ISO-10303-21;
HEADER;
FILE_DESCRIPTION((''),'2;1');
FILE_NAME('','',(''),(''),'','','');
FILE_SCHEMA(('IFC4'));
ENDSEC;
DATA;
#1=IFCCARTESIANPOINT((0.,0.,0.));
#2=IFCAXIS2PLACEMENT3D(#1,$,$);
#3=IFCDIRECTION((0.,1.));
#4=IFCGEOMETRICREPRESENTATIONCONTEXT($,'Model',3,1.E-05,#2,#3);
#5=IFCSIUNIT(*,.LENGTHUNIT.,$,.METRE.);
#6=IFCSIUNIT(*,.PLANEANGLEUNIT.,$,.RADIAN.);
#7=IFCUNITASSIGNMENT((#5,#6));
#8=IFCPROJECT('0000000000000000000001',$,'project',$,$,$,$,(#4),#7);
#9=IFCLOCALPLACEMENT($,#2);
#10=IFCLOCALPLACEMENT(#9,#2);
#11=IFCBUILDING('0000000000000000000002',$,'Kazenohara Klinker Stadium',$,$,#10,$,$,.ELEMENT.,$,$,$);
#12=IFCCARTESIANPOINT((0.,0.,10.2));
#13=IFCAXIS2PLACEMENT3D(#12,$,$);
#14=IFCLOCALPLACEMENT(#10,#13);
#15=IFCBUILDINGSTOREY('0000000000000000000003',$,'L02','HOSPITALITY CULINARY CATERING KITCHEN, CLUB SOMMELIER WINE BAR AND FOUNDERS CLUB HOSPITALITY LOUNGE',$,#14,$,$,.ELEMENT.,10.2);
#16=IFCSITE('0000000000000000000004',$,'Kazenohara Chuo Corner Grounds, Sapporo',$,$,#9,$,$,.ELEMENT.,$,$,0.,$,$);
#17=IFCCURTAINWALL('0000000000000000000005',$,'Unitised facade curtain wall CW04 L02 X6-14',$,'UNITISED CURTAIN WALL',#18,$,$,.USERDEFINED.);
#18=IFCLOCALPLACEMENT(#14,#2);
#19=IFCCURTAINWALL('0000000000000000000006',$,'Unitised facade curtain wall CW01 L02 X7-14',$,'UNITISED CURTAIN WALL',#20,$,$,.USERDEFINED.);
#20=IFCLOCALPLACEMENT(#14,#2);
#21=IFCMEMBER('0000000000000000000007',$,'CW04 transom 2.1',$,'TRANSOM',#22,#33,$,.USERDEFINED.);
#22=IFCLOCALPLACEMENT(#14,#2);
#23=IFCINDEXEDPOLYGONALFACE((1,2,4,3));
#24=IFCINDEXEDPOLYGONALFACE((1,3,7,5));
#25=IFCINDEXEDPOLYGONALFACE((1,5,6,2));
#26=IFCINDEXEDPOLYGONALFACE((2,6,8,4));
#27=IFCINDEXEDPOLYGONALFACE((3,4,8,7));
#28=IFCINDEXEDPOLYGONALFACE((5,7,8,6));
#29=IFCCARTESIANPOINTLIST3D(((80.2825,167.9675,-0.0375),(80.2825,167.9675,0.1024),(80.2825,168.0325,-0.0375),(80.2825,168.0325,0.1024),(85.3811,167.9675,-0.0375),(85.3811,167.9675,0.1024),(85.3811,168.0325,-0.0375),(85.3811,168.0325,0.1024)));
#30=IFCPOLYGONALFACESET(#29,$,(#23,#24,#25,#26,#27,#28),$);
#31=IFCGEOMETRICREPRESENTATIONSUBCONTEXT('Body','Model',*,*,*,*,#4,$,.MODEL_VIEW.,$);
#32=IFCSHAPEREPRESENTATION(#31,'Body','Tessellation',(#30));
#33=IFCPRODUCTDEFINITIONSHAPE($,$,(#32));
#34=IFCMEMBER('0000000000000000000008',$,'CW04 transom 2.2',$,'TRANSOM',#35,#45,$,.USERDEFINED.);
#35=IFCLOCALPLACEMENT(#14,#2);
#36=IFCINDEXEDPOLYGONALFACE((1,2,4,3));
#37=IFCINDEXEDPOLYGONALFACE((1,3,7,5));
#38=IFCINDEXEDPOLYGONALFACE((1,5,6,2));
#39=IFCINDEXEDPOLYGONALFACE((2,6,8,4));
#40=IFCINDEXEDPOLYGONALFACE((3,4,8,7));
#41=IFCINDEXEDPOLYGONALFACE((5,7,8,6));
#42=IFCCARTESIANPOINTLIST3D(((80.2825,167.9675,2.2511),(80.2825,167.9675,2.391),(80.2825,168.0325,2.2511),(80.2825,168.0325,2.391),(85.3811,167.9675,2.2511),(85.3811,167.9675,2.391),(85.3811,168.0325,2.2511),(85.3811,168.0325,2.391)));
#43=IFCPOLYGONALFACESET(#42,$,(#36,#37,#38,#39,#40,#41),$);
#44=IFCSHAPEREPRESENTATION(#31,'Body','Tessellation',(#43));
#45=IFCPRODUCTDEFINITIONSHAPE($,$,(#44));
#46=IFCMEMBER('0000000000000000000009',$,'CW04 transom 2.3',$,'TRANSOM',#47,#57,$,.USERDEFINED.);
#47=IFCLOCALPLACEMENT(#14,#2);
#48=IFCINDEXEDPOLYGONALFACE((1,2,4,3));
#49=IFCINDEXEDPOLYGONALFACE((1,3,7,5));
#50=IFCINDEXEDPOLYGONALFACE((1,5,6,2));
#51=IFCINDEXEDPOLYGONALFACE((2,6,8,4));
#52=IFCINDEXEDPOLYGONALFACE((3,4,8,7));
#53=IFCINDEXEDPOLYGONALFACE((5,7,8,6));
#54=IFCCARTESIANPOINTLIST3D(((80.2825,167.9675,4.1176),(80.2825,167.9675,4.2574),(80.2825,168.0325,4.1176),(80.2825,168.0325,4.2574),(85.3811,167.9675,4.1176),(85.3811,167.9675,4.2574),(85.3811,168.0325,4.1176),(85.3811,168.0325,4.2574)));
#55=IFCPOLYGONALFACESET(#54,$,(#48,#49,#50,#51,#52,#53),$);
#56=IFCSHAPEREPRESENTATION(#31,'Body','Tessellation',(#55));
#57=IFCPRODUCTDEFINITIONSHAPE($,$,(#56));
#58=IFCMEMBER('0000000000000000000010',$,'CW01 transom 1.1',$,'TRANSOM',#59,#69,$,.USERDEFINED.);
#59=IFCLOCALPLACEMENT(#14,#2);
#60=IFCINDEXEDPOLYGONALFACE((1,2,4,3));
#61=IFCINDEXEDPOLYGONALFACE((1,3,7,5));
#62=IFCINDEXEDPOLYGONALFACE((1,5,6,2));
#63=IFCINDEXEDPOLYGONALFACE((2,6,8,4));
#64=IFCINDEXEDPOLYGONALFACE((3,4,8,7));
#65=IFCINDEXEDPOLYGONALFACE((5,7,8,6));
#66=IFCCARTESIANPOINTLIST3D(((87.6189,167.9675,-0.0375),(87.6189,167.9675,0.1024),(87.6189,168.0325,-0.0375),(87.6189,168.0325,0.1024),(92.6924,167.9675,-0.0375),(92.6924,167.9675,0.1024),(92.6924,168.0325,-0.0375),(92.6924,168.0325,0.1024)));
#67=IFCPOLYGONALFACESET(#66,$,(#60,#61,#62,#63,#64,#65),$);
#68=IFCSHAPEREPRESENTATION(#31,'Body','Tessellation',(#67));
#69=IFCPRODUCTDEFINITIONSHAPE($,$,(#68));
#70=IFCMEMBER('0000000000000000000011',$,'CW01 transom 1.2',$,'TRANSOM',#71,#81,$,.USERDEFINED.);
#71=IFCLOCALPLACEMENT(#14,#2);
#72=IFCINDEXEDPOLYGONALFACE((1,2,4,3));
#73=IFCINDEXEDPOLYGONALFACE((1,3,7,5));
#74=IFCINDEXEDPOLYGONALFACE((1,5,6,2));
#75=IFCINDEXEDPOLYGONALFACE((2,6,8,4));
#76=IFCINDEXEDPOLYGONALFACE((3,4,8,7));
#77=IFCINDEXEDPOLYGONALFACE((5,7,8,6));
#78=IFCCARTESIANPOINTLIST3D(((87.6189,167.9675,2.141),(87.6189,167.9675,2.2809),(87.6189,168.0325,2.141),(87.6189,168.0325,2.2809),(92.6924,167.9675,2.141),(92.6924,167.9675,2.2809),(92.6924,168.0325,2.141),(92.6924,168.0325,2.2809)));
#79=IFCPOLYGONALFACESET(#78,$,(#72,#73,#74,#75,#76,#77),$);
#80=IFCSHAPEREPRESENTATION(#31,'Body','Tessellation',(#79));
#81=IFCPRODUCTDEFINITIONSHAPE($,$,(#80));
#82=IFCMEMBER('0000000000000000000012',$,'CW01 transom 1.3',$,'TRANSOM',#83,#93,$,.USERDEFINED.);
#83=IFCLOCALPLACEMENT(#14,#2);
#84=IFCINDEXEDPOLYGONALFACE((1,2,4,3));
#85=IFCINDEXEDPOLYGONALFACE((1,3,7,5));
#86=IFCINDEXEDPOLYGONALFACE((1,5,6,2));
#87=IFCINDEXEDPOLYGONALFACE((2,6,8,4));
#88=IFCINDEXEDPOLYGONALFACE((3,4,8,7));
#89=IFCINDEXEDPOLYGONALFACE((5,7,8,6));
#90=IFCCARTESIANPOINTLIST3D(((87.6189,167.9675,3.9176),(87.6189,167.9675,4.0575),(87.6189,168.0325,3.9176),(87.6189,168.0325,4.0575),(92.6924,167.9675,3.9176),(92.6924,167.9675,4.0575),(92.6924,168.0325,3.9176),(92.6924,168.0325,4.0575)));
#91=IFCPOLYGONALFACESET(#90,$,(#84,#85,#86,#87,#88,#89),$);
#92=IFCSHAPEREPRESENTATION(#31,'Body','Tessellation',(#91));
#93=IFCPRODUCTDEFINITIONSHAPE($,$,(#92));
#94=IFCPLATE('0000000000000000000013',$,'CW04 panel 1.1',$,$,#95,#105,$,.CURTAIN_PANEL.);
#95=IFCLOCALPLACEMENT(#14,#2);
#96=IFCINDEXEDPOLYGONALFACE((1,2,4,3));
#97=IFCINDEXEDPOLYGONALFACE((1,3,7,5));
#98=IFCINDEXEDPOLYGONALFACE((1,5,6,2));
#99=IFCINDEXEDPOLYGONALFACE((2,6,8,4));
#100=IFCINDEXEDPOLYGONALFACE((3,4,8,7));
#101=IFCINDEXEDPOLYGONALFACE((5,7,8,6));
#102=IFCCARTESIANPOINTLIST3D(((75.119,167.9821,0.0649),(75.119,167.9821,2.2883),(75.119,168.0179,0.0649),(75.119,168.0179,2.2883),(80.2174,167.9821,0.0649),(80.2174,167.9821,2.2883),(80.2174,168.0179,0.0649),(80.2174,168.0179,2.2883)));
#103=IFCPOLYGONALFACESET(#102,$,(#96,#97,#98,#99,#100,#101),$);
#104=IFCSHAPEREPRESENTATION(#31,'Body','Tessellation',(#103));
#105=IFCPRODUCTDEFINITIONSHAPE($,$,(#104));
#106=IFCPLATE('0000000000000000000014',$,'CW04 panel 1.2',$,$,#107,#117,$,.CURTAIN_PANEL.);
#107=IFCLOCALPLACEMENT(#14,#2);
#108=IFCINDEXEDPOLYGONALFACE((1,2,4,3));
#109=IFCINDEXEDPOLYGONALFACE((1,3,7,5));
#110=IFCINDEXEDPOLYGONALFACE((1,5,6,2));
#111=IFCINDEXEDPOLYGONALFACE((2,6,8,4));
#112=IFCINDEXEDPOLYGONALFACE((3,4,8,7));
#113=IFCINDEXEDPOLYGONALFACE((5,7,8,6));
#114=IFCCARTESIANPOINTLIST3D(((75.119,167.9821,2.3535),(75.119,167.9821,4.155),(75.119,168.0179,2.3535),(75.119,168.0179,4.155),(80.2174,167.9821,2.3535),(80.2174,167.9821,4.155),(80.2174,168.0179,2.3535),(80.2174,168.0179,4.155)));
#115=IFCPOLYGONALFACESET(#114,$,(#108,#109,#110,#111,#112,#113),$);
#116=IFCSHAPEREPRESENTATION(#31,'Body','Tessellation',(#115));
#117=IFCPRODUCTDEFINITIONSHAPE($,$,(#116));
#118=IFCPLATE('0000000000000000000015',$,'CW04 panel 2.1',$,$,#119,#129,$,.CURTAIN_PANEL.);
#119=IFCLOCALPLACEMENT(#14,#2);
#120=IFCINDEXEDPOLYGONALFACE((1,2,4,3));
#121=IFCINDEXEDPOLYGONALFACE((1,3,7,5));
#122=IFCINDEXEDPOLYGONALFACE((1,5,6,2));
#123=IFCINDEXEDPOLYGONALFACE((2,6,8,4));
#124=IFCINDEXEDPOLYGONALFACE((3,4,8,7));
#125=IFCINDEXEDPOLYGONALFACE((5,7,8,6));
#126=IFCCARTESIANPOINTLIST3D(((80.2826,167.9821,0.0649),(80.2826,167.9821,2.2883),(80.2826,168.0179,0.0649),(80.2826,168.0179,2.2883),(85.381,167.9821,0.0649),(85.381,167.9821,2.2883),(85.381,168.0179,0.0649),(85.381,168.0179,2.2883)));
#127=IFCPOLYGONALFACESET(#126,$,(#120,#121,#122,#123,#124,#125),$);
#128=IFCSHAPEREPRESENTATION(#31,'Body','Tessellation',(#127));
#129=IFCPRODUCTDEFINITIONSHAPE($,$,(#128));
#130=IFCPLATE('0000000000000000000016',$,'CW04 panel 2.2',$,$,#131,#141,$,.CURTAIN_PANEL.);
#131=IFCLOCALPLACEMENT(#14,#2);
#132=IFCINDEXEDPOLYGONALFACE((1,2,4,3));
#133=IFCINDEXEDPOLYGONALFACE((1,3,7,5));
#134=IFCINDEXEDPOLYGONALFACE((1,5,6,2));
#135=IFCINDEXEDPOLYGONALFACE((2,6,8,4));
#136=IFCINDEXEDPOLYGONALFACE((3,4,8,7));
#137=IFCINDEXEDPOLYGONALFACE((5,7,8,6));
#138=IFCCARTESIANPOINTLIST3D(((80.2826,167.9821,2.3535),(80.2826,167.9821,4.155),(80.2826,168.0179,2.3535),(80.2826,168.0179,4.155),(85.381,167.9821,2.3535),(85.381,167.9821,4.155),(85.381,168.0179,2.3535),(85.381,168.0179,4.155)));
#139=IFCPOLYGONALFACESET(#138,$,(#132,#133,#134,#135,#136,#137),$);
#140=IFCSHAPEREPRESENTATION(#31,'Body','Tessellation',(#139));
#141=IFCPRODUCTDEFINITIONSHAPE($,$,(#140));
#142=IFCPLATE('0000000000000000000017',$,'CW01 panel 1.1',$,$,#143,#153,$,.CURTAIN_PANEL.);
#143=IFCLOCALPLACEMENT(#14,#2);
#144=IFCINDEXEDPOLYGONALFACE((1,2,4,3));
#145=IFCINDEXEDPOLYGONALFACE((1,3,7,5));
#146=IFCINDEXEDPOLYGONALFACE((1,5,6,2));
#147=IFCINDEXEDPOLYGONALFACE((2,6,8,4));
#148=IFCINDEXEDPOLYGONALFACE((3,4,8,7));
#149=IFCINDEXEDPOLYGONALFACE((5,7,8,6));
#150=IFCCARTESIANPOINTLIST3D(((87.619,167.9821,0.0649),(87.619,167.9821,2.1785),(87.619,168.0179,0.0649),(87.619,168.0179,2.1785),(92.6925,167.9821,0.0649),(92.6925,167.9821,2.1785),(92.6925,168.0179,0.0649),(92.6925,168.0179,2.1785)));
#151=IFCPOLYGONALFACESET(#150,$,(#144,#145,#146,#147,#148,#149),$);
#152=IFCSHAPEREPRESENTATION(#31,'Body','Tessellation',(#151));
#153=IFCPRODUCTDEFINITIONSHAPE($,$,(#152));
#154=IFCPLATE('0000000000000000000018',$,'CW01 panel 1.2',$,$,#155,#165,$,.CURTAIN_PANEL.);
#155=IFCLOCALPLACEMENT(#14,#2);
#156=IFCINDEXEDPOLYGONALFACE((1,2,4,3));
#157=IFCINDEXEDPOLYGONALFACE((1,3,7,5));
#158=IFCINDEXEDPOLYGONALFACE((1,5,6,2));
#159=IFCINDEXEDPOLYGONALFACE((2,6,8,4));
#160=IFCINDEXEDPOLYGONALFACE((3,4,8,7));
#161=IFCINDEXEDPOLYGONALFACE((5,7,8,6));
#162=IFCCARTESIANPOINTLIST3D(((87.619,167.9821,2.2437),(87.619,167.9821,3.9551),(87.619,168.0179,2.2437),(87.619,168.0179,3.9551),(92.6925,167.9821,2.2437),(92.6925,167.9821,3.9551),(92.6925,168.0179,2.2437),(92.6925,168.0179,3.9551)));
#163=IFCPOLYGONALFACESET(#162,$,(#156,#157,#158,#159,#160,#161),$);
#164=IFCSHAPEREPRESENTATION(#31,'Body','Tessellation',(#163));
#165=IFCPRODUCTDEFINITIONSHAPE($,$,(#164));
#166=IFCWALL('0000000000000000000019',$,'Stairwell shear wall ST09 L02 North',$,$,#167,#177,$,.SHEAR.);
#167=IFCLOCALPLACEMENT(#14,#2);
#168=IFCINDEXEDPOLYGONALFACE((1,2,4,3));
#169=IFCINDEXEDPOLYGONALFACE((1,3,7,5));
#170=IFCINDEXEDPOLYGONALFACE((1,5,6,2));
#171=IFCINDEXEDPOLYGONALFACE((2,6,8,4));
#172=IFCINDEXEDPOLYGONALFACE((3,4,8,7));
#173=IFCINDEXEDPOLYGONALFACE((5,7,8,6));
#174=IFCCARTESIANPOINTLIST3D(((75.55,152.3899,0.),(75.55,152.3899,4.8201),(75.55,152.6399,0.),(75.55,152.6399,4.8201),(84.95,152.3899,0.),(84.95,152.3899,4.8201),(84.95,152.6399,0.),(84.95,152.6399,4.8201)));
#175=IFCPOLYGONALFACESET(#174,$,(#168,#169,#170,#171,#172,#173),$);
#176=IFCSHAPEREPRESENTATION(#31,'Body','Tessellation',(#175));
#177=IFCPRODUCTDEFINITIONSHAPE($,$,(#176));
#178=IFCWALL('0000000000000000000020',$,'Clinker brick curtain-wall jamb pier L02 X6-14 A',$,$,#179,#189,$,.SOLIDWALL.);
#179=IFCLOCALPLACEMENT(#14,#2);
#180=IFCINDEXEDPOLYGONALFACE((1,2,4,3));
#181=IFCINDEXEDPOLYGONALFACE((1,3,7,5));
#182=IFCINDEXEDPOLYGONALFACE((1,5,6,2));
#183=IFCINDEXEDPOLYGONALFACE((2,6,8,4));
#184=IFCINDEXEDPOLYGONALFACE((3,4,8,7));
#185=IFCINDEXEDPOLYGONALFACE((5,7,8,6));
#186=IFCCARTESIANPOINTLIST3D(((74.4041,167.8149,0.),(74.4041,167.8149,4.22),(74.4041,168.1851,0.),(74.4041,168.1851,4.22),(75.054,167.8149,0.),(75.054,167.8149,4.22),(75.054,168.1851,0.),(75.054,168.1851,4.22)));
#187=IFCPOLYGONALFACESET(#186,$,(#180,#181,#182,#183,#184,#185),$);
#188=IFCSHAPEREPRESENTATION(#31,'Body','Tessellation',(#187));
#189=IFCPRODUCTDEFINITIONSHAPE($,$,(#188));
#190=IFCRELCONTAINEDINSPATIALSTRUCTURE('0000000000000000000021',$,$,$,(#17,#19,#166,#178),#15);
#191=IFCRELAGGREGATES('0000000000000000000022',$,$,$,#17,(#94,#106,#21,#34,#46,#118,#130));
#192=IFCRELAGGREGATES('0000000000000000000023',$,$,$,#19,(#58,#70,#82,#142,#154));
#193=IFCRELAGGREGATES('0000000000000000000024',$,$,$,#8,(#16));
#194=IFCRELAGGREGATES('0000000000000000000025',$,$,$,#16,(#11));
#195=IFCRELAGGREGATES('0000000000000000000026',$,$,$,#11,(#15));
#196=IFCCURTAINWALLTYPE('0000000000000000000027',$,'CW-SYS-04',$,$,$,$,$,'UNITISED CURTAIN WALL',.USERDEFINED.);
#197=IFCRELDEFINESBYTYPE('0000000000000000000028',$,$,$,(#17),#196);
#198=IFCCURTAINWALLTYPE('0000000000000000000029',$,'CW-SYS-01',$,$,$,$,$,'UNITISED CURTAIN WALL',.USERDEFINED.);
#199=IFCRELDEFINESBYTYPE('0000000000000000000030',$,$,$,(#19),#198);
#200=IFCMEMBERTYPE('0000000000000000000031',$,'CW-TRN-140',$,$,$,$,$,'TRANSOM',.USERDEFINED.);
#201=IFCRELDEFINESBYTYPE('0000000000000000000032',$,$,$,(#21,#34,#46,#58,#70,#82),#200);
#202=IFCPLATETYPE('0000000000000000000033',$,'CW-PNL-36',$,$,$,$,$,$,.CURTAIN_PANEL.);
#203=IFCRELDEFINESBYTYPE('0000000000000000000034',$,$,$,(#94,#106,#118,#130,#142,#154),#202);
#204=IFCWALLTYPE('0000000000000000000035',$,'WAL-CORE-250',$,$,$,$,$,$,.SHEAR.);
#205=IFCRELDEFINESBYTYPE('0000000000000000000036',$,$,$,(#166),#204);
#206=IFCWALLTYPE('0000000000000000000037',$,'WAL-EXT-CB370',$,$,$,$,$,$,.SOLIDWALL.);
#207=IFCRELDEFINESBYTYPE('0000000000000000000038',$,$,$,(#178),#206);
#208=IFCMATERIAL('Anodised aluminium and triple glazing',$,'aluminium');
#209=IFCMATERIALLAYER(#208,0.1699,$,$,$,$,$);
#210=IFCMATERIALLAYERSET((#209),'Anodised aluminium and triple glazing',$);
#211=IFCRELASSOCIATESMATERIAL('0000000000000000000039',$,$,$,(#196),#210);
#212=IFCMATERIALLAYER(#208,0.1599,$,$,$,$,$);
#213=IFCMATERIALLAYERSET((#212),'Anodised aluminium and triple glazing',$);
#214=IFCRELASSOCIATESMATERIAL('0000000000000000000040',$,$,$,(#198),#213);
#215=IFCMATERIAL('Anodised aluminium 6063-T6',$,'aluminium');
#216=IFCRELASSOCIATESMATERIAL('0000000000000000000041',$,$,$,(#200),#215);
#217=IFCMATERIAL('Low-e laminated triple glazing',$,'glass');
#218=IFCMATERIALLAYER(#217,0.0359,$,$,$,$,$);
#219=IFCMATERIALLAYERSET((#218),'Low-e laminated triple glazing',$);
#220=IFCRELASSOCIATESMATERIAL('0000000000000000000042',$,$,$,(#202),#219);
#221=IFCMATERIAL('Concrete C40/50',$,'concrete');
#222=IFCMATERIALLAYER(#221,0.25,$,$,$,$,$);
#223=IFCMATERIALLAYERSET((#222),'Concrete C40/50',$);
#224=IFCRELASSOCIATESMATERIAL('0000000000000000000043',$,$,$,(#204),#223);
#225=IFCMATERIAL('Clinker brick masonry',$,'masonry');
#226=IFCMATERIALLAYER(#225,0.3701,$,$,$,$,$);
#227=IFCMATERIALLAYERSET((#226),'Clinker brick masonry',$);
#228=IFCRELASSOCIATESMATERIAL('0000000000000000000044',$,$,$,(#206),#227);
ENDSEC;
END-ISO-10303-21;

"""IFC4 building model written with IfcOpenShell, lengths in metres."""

from ifc_helpers import new_model, si_unit, direction, frame, frame_2d, origin, origin_2d, place, context, subcontext, project, spatial, rectangle, extrude, material, layer, layer_set, material_profile, profile_set, type_object, element, aggregate, save


model = new_model("IFC4")

# Units and contexts
model_context = context("Model", 3, precision=1e-05, world=origin(), true_north=direction((0.0, 1.0)))
body_context = subcontext(model_context, "Body", "Model", "MODEL_VIEW")
ifc_project = project(units=[si_unit("LENGTHUNIT", "METRE"), si_unit("PLANEANGLEUNIT", "RADIAN")], contexts=[model_context])

# Site, building, storey
site_placement = place(None, origin())
site = spatial("IfcSite", under=ifc_project, at=site_placement, Name="Kazenohara Chuo Corner Grounds, Sapporo", CompositionType="ELEMENT", RefElevation=0.0)
building_placement = place(site_placement, origin())
building = spatial("IfcBuilding", under=site, at=building_placement, Name="Kazenohara Klinker Stadium", CompositionType="ELEMENT")
storey_placement = place(building_placement, frame((0.0, 0.0, 10.2)))
storey = spatial("IfcBuildingStorey", under=building, at=storey_placement, Name="L02", Description="HOSPITALITY CULINARY CATERING KITCHEN, CLUB SOMMELIER WINE BAR AND FOUNDERS CLUB HOSPITALITY LOUNGE", CompositionType="ELEMENT", Elevation=10.2)

# Shared definitions
ifc_material_1 = material(Name="Concrete C40/50", Category="concrete")

# Curtain wall
ifc_material_2 = material(Name="Anodised aluminium and triple glazing", Category="aluminium")
ifc_layer_1 = layer(ifc_material_2, 0.1699)
ifc_layer_set_1 = layer_set([ifc_layer_1], Name="Anodised aluminium and triple glazing")
curtain_wall_type_1 = type_object("IfcCurtainWallType", Name="CW-SYS-04", ElementType="UNITISED CURTAIN WALL", PredefinedType="USERDEFINED", material=ifc_layer_set_1)
curtain_wall_1_placement = place(storey_placement, origin())
curtain_wall_1 = element("IfcCurtainWall", 1, at=curtain_wall_1_placement, inside=storey, type_object=curtain_wall_type_1, Name="Unitised facade curtain wall CW04 L02 X6-14", ObjectType="UNITISED CURTAIN WALL", PredefinedType="USERDEFINED")
ifc_material_3 = material(Name="Anodised aluminium 6063-T6", Category="aluminium")

# Curtain wall
ifc_layer_2 = layer(ifc_material_2, 0.1599)
ifc_layer_set_2 = layer_set([ifc_layer_2], Name="Anodised aluminium and triple glazing")
curtain_wall_type_2 = type_object("IfcCurtainWallType", Name="CW-SYS-01", ElementType="UNITISED CURTAIN WALL", PredefinedType="USERDEFINED", material=ifc_layer_set_2)
curtain_wall_2_placement = place(storey_placement, origin())
curtain_wall_2 = element("IfcCurtainWall", 2, at=curtain_wall_2_placement, inside=storey, type_object=curtain_wall_type_2, Name="Unitised facade curtain wall CW01 L02 X7-14", ObjectType="UNITISED CURTAIN WALL", PredefinedType="USERDEFINED")

# Members
ifc_material_profile_1 = material_profile(ifc_material_3, rectangle(XDim=0.0649, YDim=0.1399, at=origin_2d()), Name="ALU-TRN-65x140")
ifc_profile_set_1 = profile_set([ifc_material_profile_1], Name="Anodised aluminium 6063-T6")
member_type_1 = type_object("IfcMemberType", Name="CW-TRN-140", ElementType="TRANSOM", PredefinedType="USERDEFINED", material=ifc_profile_set_1)
member_1_placement = place(storey_placement, frame((80.2825, 168.0, 0.0325), z_axis=(1.0, 0.0, 0.0), x_axis=(0.0, 1.0, 0.0)))
member_1 = element("IfcMember", 3, at=member_1_placement, type_object=member_type_1, Name="CW04 transom 2.1", ObjectType="TRANSOM", PredefinedType="USERDEFINED", context=body_context, shape_type="SweptSolid", body=[
    extrude(rectangle(XDim=0.0649, YDim=0.1399, at=origin_2d()), origin(), (0.0, 0.0, 1.0), 5.0986),
])
member_2_placement = place(storey_placement, frame((80.2825, 168.0, 2.321), z_axis=(1.0, 0.0, 0.0), x_axis=(0.0, 1.0, 0.0)))
member_2 = element("IfcMember", 4, at=member_2_placement, type_object=member_type_1, Name="CW04 transom 2.2", ObjectType="TRANSOM", PredefinedType="USERDEFINED", context=body_context, shape_type="SweptSolid", body=[
    extrude(rectangle(XDim=0.0649, YDim=0.1399, at=origin_2d()), origin(), (0.0, 0.0, 1.0), 5.0986),
])
member_3_placement = place(storey_placement, frame((80.2825, 168.0, 4.1875), z_axis=(1.0, 0.0, 0.0), x_axis=(0.0, 1.0, 0.0)))
member_3 = element("IfcMember", 5, at=member_3_placement, type_object=member_type_1, Name="CW04 transom 2.3", ObjectType="TRANSOM", PredefinedType="USERDEFINED", context=body_context, shape_type="SweptSolid", body=[
    extrude(rectangle(XDim=0.0649, YDim=0.1399, at=origin_2d()), origin(), (0.0, 0.0, 1.0), 5.0986),
])
member_4_placement = place(storey_placement, frame((87.6189, 168.0, 0.0325), z_axis=(1.0, 0.0, 0.0), x_axis=(0.0, 1.0, 0.0)))
member_4 = element("IfcMember", 6, at=member_4_placement, type_object=member_type_1, Name="CW01 transom 1.1", ObjectType="TRANSOM", PredefinedType="USERDEFINED", context=body_context, shape_type="SweptSolid", body=[
    extrude(rectangle(XDim=0.0649, YDim=0.1399, at=origin_2d()), origin(), (0.0, 0.0, 1.0), 5.0735),
])
member_5_placement = place(storey_placement, frame((87.6189, 168.0, 2.2109), z_axis=(1.0, 0.0, 0.0), x_axis=(0.0, 1.0, 0.0)))
member_5 = element("IfcMember", 7, at=member_5_placement, type_object=member_type_1, Name="CW01 transom 1.2", ObjectType="TRANSOM", PredefinedType="USERDEFINED", context=body_context, shape_type="SweptSolid", body=[
    extrude(rectangle(XDim=0.0649, YDim=0.1399, at=origin_2d()), origin(), (0.0, 0.0, 1.0), 5.0735),
])
member_6_placement = place(storey_placement, frame((87.6189, 168.0, 3.9875), z_axis=(1.0, 0.0, 0.0), x_axis=(0.0, 1.0, 0.0)))
member_6 = element("IfcMember", 8, at=member_6_placement, type_object=member_type_1, Name="CW01 transom 1.3", ObjectType="TRANSOM", PredefinedType="USERDEFINED", context=body_context, shape_type="SweptSolid", body=[
    extrude(rectangle(XDim=0.0649, YDim=0.1399, at=origin_2d()), origin(), (0.0, 0.0, 1.0), 5.0735),
])

# Plates
ifc_material_4 = material(Name="Low-e laminated triple glazing", Category="glass")
ifc_layer_3 = layer(ifc_material_4, 0.0359)
ifc_layer_set_3 = layer_set([ifc_layer_3], Name="Low-e laminated triple glazing")
plate_type = type_object("IfcPlateType", Name="CW-PNL-36", PredefinedType="CURTAIN_PANEL", material=ifc_layer_set_3)
plate_1_placement = place(storey_placement, frame((77.6682, 168.0, 0.0649), z_axis=(0.0, 0.0, 1.0), x_axis=(1.0, 0.0, 0.0)))
plate_1 = element("IfcPlate", 9, at=plate_1_placement, type_object=plate_type, Name="CW04 panel 1.1", PredefinedType="CURTAIN_PANEL", context=body_context, shape_type="SweptSolid", body=[
    extrude(rectangle(XDim=5.0984, YDim=0.0359, at=origin_2d()), origin(), (0.0, 0.0, 1.0), 2.2234),
])
plate_2_placement = place(storey_placement, frame((77.6682, 168.0, 2.3535), z_axis=(0.0, 0.0, 1.0), x_axis=(1.0, 0.0, 0.0)))
plate_2 = element("IfcPlate", 10, at=plate_2_placement, type_object=plate_type, Name="CW04 panel 1.2", PredefinedType="CURTAIN_PANEL", context=body_context, shape_type="SweptSolid", body=[
    extrude(rectangle(XDim=5.0984, YDim=0.0359, at=origin_2d()), origin(), (0.0, 0.0, 1.0), 1.8015),
])
plate_3_placement = place(storey_placement, frame((82.8318, 168.0, 0.0649), z_axis=(0.0, 0.0, 1.0), x_axis=(1.0, 0.0, 0.0)))
plate_3 = element("IfcPlate", 11, at=plate_3_placement, type_object=plate_type, Name="CW04 panel 2.1", PredefinedType="CURTAIN_PANEL", context=body_context, shape_type="SweptSolid", body=[
    extrude(rectangle(XDim=5.0984, YDim=0.0359, at=origin_2d()), origin(), (0.0, 0.0, 1.0), 2.2234),
])
plate_4_placement = place(storey_placement, frame((82.8318, 168.0, 2.3535), z_axis=(0.0, 0.0, 1.0), x_axis=(1.0, 0.0, 0.0)))
plate_4 = element("IfcPlate", 12, at=plate_4_placement, type_object=plate_type, Name="CW04 panel 2.2", PredefinedType="CURTAIN_PANEL", context=body_context, shape_type="SweptSolid", body=[
    extrude(rectangle(XDim=5.0984, YDim=0.0359, at=origin_2d()), origin(), (0.0, 0.0, 1.0), 1.8015),
])
aggregate(curtain_wall_1, [plate_1, plate_2, member_1, member_2, member_3, plate_3, plate_4])
plate_5_placement = place(storey_placement, frame((90.1558, 168.0, 0.0649), z_axis=(0.0, 0.0, 1.0), x_axis=(1.0, 0.0, 0.0)))
plate_5 = element("IfcPlate", 13, at=plate_5_placement, type_object=plate_type, Name="CW01 panel 1.1", PredefinedType="CURTAIN_PANEL", context=body_context, shape_type="SweptSolid", body=[
    extrude(rectangle(XDim=5.0735, YDim=0.0359, at=origin_2d()), origin(), (0.0, 0.0, 1.0), 2.1135),
])
plate_6_placement = place(storey_placement, frame((90.1558, 168.0, 2.2437), z_axis=(0.0, 0.0, 1.0), x_axis=(1.0, 0.0, 0.0)))
plate_6 = element("IfcPlate", 14, at=plate_6_placement, type_object=plate_type, Name="CW01 panel 1.2", PredefinedType="CURTAIN_PANEL", context=body_context, shape_type="SweptSolid", body=[
    extrude(rectangle(XDim=5.0735, YDim=0.0359, at=origin_2d()), origin(), (0.0, 0.0, 1.0), 1.7114),
])
aggregate(curtain_wall_2, [member_4, member_5, member_6, plate_5, plate_6])

# Walls
ifc_layer_4 = layer(ifc_material_1, 0.25)
ifc_layer_set_4 = layer_set([ifc_layer_4], Name="Concrete C40/50")
wall_type_1 = type_object("IfcWallType", Name="WAL-CORE-250", PredefinedType="SHEAR", material=ifc_layer_set_4)
wall_1_placement = place(storey_placement, frame((75.55, 152.5149, 0.0), z_axis=(0.0, 0.0, 1.0), x_axis=(1.0, 0.0, 0.0)))
element("IfcWall", 15, at=wall_1_placement, inside=storey, type_object=wall_type_1, Name="Stairwell shear wall ST09 L02 North", PredefinedType="SHEAR", context=body_context, shape_type="SweptSolid", body=[
    extrude(rectangle(XDim=9.3999, YDim=0.25, at=frame_2d((4.7, 0.0))), origin(), (0.0, 0.0, 1.0), 4.8201),
])
ifc_material_5 = material(Name="Clinker brick masonry", Category="masonry")
ifc_layer_5 = layer(ifc_material_5, 0.3701)
ifc_layer_set_5 = layer_set([ifc_layer_5], Name="Clinker brick masonry")
wall_type_2 = type_object("IfcWallType", Name="WAL-EXT-CB370", PredefinedType="SOLIDWALL", material=ifc_layer_set_5)
for number, where, z_axis, x_axis, name in (
    (16, (74.4041, 168.0, 0.0), (0.0, 0.0, 1.0), (1.0, 0.0, 0.0), "Clinker brick curtain-wall jamb pier L02 X6-14 A"),
):
    element("IfcWall", number, at=place(storey_placement, frame(where, z_axis=z_axis, x_axis=x_axis)), inside=storey, type_object=wall_type_2, Name=name, PredefinedType="SOLIDWALL", context=body_context, shape_type="SweptSolid", body=[
        extrude(rectangle(XDim=0.6499, YDim=0.3701, at=frame_2d((0.325, 0.0))), origin(), (0.0, 0.0, 1.0), 4.22),
    ])

save(model, "model.ifc")
